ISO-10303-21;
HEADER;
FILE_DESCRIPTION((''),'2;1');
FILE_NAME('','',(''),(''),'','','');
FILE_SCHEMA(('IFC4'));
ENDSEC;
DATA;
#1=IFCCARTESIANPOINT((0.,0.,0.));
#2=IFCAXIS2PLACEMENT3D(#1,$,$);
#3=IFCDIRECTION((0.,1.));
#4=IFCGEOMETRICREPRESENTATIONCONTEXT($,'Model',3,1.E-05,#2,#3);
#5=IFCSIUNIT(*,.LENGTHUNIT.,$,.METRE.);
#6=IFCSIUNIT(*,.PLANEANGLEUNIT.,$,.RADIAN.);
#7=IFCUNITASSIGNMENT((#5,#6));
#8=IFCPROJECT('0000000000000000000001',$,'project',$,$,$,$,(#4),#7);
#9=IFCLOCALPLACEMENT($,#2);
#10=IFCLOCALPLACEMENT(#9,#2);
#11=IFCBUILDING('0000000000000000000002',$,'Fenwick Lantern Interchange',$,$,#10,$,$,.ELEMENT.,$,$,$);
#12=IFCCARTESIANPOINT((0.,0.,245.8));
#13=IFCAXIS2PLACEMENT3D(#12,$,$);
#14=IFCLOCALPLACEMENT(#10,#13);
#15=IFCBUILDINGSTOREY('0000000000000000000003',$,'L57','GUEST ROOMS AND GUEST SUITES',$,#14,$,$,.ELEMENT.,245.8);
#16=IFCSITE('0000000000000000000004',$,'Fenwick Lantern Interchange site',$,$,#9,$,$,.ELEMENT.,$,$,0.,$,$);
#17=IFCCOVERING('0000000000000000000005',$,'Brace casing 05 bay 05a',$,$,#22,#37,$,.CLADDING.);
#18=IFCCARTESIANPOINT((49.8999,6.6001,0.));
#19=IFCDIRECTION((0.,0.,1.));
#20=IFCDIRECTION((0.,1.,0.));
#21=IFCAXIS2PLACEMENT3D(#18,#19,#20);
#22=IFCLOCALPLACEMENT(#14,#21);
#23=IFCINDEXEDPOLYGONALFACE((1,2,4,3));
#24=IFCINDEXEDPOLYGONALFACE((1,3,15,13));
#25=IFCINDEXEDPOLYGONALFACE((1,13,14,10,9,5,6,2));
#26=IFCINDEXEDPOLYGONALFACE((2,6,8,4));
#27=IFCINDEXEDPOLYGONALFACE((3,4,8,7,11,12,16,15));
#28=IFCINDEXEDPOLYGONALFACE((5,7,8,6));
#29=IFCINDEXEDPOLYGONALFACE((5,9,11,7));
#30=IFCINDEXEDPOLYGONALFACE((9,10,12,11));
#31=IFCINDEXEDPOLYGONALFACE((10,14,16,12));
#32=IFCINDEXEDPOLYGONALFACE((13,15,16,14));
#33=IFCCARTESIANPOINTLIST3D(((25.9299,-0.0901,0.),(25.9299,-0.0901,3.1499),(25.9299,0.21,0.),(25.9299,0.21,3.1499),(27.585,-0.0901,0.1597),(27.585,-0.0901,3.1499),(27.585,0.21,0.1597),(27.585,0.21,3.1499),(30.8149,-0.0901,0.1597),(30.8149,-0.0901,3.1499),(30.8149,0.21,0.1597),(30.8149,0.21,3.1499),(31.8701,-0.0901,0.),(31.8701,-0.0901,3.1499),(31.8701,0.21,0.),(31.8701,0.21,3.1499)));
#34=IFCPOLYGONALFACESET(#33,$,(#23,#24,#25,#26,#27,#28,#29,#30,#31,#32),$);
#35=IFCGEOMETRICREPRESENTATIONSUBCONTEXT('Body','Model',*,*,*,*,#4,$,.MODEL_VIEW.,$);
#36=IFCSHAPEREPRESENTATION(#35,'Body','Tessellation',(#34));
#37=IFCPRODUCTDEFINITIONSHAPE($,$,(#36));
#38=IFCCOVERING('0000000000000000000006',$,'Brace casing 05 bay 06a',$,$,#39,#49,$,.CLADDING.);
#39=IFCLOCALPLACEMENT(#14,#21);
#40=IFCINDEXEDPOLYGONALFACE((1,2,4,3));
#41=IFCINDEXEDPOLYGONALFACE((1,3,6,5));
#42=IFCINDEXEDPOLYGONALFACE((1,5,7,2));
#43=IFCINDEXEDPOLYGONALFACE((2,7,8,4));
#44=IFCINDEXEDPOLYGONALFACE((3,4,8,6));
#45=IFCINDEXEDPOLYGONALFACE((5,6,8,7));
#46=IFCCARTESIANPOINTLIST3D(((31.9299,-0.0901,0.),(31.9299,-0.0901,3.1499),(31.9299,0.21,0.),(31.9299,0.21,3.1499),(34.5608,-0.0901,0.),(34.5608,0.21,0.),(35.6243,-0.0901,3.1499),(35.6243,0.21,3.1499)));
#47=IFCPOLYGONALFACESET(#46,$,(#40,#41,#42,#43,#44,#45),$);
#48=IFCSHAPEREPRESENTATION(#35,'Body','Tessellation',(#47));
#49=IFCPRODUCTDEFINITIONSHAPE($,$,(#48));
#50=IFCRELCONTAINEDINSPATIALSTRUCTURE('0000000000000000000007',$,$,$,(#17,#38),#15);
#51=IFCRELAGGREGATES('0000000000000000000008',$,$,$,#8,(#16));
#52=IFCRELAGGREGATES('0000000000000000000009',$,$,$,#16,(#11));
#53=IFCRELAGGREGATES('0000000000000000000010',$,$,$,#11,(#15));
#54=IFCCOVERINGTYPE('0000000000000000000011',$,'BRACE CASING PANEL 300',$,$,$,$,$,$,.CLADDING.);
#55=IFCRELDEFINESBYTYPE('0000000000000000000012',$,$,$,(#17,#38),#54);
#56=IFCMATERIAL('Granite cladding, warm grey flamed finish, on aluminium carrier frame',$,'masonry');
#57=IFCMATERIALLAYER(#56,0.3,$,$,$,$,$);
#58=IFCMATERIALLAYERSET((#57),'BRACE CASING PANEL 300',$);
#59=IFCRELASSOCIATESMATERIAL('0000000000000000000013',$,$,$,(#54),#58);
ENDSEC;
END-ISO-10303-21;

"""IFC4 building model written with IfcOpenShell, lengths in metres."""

from ifc_helpers import new_model, si_unit, direction, frame, origin, place, context, subcontext, project, spatial, polyline, outline, extrude, material, layer, layer_set, type_object, element, save


model = new_model("IFC4")

# Units and contexts
model_context = context("Model", 3, precision=1e-05, world=origin(), true_north=direction((0.0, 1.0)))
body_context = subcontext(model_context, "Body", "Model", "MODEL_VIEW")
ifc_project = project(units=[si_unit("LENGTHUNIT", "METRE"), si_unit("PLANEANGLEUNIT", "RADIAN")], contexts=[model_context])

# Site, building, storey
site_placement = place(None, origin())
site = spatial("IfcSite", under=ifc_project, at=site_placement, Name="Fenwick Lantern Interchange site", CompositionType="ELEMENT", RefElevation=0.0)
building_placement = place(site_placement, origin())
building = spatial("IfcBuilding", under=site, at=building_placement, Name="Fenwick Lantern Interchange", CompositionType="ELEMENT")
storey_placement = place(building_placement, frame((0.0, 0.0, 245.8)))
storey = spatial("IfcBuildingStorey", under=building, at=storey_placement, Name="L57", Description="GUEST ROOMS AND GUEST SUITES", CompositionType="ELEMENT", Elevation=245.8)

# Coverings
ifc_material_1 = material(Name="Granite cladding, warm grey flamed finish, on aluminium carrier frame", Category="masonry")
ifc_layer_1 = layer(ifc_material_1, 0.3)
ifc_layer_set_1 = layer_set([ifc_layer_1], Name="BRACE CASING PANEL 300")
covering_type = type_object("IfcCoveringType", Name="BRACE CASING PANEL 300", PredefinedType="CLADDING", material=ifc_layer_set_1)
covering_1_placement = place(storey_placement, frame((49.8999, 6.6001, 0.0), z_axis=(0.0, 0.0, 1.0), x_axis=(0.0, 1.0, 0.0)))
element("IfcCovering", 1, at=covering_1_placement, inside=storey, type_object=covering_type, Name="Brace casing 05 bay 05a", PredefinedType="CLADDING", context=body_context, shape_type="SweptSolid", body=[
    extrude(outline(polyline([(25.9299, 0.0), (31.8701, 0.0), (31.8701, 3.1499), (30.8149, 3.1499), (30.8149, 0.1597), (27.585, 0.1597), (27.585, 3.1499), (25.9299, 3.1499), (25.9299, 0.0)])), frame((0.0, 0.21, 0.0), z_axis=(0.0, -1.0, 0.0), x_axis=(1.0, 0.0, 0.0)), (0.0, 0.0, 1.0), 0.3),
])
covering_2_placement = place(storey_placement, frame((49.8999, 6.6001, 0.0), z_axis=(0.0, 0.0, 1.0), x_axis=(0.0, 1.0, 0.0)))
element("IfcCovering", 2, at=covering_2_placement, inside=storey, type_object=covering_type, Name="Brace casing 05 bay 06a", PredefinedType="CLADDING", context=body_context, shape_type="SweptSolid", body=[
    extrude(outline(polyline([(31.9299, 0.0), (34.5608, 0.0), (35.6243, 3.1499), (31.9299, 3.1499), (31.9299, 0.0)])), frame((0.0, 0.21, 0.0), z_axis=(0.0, -1.0, 0.0), x_axis=(1.0, 0.0, 0.0)), (0.0, 0.0, 1.0), 0.3),
])

save(model, "model.ifc")
